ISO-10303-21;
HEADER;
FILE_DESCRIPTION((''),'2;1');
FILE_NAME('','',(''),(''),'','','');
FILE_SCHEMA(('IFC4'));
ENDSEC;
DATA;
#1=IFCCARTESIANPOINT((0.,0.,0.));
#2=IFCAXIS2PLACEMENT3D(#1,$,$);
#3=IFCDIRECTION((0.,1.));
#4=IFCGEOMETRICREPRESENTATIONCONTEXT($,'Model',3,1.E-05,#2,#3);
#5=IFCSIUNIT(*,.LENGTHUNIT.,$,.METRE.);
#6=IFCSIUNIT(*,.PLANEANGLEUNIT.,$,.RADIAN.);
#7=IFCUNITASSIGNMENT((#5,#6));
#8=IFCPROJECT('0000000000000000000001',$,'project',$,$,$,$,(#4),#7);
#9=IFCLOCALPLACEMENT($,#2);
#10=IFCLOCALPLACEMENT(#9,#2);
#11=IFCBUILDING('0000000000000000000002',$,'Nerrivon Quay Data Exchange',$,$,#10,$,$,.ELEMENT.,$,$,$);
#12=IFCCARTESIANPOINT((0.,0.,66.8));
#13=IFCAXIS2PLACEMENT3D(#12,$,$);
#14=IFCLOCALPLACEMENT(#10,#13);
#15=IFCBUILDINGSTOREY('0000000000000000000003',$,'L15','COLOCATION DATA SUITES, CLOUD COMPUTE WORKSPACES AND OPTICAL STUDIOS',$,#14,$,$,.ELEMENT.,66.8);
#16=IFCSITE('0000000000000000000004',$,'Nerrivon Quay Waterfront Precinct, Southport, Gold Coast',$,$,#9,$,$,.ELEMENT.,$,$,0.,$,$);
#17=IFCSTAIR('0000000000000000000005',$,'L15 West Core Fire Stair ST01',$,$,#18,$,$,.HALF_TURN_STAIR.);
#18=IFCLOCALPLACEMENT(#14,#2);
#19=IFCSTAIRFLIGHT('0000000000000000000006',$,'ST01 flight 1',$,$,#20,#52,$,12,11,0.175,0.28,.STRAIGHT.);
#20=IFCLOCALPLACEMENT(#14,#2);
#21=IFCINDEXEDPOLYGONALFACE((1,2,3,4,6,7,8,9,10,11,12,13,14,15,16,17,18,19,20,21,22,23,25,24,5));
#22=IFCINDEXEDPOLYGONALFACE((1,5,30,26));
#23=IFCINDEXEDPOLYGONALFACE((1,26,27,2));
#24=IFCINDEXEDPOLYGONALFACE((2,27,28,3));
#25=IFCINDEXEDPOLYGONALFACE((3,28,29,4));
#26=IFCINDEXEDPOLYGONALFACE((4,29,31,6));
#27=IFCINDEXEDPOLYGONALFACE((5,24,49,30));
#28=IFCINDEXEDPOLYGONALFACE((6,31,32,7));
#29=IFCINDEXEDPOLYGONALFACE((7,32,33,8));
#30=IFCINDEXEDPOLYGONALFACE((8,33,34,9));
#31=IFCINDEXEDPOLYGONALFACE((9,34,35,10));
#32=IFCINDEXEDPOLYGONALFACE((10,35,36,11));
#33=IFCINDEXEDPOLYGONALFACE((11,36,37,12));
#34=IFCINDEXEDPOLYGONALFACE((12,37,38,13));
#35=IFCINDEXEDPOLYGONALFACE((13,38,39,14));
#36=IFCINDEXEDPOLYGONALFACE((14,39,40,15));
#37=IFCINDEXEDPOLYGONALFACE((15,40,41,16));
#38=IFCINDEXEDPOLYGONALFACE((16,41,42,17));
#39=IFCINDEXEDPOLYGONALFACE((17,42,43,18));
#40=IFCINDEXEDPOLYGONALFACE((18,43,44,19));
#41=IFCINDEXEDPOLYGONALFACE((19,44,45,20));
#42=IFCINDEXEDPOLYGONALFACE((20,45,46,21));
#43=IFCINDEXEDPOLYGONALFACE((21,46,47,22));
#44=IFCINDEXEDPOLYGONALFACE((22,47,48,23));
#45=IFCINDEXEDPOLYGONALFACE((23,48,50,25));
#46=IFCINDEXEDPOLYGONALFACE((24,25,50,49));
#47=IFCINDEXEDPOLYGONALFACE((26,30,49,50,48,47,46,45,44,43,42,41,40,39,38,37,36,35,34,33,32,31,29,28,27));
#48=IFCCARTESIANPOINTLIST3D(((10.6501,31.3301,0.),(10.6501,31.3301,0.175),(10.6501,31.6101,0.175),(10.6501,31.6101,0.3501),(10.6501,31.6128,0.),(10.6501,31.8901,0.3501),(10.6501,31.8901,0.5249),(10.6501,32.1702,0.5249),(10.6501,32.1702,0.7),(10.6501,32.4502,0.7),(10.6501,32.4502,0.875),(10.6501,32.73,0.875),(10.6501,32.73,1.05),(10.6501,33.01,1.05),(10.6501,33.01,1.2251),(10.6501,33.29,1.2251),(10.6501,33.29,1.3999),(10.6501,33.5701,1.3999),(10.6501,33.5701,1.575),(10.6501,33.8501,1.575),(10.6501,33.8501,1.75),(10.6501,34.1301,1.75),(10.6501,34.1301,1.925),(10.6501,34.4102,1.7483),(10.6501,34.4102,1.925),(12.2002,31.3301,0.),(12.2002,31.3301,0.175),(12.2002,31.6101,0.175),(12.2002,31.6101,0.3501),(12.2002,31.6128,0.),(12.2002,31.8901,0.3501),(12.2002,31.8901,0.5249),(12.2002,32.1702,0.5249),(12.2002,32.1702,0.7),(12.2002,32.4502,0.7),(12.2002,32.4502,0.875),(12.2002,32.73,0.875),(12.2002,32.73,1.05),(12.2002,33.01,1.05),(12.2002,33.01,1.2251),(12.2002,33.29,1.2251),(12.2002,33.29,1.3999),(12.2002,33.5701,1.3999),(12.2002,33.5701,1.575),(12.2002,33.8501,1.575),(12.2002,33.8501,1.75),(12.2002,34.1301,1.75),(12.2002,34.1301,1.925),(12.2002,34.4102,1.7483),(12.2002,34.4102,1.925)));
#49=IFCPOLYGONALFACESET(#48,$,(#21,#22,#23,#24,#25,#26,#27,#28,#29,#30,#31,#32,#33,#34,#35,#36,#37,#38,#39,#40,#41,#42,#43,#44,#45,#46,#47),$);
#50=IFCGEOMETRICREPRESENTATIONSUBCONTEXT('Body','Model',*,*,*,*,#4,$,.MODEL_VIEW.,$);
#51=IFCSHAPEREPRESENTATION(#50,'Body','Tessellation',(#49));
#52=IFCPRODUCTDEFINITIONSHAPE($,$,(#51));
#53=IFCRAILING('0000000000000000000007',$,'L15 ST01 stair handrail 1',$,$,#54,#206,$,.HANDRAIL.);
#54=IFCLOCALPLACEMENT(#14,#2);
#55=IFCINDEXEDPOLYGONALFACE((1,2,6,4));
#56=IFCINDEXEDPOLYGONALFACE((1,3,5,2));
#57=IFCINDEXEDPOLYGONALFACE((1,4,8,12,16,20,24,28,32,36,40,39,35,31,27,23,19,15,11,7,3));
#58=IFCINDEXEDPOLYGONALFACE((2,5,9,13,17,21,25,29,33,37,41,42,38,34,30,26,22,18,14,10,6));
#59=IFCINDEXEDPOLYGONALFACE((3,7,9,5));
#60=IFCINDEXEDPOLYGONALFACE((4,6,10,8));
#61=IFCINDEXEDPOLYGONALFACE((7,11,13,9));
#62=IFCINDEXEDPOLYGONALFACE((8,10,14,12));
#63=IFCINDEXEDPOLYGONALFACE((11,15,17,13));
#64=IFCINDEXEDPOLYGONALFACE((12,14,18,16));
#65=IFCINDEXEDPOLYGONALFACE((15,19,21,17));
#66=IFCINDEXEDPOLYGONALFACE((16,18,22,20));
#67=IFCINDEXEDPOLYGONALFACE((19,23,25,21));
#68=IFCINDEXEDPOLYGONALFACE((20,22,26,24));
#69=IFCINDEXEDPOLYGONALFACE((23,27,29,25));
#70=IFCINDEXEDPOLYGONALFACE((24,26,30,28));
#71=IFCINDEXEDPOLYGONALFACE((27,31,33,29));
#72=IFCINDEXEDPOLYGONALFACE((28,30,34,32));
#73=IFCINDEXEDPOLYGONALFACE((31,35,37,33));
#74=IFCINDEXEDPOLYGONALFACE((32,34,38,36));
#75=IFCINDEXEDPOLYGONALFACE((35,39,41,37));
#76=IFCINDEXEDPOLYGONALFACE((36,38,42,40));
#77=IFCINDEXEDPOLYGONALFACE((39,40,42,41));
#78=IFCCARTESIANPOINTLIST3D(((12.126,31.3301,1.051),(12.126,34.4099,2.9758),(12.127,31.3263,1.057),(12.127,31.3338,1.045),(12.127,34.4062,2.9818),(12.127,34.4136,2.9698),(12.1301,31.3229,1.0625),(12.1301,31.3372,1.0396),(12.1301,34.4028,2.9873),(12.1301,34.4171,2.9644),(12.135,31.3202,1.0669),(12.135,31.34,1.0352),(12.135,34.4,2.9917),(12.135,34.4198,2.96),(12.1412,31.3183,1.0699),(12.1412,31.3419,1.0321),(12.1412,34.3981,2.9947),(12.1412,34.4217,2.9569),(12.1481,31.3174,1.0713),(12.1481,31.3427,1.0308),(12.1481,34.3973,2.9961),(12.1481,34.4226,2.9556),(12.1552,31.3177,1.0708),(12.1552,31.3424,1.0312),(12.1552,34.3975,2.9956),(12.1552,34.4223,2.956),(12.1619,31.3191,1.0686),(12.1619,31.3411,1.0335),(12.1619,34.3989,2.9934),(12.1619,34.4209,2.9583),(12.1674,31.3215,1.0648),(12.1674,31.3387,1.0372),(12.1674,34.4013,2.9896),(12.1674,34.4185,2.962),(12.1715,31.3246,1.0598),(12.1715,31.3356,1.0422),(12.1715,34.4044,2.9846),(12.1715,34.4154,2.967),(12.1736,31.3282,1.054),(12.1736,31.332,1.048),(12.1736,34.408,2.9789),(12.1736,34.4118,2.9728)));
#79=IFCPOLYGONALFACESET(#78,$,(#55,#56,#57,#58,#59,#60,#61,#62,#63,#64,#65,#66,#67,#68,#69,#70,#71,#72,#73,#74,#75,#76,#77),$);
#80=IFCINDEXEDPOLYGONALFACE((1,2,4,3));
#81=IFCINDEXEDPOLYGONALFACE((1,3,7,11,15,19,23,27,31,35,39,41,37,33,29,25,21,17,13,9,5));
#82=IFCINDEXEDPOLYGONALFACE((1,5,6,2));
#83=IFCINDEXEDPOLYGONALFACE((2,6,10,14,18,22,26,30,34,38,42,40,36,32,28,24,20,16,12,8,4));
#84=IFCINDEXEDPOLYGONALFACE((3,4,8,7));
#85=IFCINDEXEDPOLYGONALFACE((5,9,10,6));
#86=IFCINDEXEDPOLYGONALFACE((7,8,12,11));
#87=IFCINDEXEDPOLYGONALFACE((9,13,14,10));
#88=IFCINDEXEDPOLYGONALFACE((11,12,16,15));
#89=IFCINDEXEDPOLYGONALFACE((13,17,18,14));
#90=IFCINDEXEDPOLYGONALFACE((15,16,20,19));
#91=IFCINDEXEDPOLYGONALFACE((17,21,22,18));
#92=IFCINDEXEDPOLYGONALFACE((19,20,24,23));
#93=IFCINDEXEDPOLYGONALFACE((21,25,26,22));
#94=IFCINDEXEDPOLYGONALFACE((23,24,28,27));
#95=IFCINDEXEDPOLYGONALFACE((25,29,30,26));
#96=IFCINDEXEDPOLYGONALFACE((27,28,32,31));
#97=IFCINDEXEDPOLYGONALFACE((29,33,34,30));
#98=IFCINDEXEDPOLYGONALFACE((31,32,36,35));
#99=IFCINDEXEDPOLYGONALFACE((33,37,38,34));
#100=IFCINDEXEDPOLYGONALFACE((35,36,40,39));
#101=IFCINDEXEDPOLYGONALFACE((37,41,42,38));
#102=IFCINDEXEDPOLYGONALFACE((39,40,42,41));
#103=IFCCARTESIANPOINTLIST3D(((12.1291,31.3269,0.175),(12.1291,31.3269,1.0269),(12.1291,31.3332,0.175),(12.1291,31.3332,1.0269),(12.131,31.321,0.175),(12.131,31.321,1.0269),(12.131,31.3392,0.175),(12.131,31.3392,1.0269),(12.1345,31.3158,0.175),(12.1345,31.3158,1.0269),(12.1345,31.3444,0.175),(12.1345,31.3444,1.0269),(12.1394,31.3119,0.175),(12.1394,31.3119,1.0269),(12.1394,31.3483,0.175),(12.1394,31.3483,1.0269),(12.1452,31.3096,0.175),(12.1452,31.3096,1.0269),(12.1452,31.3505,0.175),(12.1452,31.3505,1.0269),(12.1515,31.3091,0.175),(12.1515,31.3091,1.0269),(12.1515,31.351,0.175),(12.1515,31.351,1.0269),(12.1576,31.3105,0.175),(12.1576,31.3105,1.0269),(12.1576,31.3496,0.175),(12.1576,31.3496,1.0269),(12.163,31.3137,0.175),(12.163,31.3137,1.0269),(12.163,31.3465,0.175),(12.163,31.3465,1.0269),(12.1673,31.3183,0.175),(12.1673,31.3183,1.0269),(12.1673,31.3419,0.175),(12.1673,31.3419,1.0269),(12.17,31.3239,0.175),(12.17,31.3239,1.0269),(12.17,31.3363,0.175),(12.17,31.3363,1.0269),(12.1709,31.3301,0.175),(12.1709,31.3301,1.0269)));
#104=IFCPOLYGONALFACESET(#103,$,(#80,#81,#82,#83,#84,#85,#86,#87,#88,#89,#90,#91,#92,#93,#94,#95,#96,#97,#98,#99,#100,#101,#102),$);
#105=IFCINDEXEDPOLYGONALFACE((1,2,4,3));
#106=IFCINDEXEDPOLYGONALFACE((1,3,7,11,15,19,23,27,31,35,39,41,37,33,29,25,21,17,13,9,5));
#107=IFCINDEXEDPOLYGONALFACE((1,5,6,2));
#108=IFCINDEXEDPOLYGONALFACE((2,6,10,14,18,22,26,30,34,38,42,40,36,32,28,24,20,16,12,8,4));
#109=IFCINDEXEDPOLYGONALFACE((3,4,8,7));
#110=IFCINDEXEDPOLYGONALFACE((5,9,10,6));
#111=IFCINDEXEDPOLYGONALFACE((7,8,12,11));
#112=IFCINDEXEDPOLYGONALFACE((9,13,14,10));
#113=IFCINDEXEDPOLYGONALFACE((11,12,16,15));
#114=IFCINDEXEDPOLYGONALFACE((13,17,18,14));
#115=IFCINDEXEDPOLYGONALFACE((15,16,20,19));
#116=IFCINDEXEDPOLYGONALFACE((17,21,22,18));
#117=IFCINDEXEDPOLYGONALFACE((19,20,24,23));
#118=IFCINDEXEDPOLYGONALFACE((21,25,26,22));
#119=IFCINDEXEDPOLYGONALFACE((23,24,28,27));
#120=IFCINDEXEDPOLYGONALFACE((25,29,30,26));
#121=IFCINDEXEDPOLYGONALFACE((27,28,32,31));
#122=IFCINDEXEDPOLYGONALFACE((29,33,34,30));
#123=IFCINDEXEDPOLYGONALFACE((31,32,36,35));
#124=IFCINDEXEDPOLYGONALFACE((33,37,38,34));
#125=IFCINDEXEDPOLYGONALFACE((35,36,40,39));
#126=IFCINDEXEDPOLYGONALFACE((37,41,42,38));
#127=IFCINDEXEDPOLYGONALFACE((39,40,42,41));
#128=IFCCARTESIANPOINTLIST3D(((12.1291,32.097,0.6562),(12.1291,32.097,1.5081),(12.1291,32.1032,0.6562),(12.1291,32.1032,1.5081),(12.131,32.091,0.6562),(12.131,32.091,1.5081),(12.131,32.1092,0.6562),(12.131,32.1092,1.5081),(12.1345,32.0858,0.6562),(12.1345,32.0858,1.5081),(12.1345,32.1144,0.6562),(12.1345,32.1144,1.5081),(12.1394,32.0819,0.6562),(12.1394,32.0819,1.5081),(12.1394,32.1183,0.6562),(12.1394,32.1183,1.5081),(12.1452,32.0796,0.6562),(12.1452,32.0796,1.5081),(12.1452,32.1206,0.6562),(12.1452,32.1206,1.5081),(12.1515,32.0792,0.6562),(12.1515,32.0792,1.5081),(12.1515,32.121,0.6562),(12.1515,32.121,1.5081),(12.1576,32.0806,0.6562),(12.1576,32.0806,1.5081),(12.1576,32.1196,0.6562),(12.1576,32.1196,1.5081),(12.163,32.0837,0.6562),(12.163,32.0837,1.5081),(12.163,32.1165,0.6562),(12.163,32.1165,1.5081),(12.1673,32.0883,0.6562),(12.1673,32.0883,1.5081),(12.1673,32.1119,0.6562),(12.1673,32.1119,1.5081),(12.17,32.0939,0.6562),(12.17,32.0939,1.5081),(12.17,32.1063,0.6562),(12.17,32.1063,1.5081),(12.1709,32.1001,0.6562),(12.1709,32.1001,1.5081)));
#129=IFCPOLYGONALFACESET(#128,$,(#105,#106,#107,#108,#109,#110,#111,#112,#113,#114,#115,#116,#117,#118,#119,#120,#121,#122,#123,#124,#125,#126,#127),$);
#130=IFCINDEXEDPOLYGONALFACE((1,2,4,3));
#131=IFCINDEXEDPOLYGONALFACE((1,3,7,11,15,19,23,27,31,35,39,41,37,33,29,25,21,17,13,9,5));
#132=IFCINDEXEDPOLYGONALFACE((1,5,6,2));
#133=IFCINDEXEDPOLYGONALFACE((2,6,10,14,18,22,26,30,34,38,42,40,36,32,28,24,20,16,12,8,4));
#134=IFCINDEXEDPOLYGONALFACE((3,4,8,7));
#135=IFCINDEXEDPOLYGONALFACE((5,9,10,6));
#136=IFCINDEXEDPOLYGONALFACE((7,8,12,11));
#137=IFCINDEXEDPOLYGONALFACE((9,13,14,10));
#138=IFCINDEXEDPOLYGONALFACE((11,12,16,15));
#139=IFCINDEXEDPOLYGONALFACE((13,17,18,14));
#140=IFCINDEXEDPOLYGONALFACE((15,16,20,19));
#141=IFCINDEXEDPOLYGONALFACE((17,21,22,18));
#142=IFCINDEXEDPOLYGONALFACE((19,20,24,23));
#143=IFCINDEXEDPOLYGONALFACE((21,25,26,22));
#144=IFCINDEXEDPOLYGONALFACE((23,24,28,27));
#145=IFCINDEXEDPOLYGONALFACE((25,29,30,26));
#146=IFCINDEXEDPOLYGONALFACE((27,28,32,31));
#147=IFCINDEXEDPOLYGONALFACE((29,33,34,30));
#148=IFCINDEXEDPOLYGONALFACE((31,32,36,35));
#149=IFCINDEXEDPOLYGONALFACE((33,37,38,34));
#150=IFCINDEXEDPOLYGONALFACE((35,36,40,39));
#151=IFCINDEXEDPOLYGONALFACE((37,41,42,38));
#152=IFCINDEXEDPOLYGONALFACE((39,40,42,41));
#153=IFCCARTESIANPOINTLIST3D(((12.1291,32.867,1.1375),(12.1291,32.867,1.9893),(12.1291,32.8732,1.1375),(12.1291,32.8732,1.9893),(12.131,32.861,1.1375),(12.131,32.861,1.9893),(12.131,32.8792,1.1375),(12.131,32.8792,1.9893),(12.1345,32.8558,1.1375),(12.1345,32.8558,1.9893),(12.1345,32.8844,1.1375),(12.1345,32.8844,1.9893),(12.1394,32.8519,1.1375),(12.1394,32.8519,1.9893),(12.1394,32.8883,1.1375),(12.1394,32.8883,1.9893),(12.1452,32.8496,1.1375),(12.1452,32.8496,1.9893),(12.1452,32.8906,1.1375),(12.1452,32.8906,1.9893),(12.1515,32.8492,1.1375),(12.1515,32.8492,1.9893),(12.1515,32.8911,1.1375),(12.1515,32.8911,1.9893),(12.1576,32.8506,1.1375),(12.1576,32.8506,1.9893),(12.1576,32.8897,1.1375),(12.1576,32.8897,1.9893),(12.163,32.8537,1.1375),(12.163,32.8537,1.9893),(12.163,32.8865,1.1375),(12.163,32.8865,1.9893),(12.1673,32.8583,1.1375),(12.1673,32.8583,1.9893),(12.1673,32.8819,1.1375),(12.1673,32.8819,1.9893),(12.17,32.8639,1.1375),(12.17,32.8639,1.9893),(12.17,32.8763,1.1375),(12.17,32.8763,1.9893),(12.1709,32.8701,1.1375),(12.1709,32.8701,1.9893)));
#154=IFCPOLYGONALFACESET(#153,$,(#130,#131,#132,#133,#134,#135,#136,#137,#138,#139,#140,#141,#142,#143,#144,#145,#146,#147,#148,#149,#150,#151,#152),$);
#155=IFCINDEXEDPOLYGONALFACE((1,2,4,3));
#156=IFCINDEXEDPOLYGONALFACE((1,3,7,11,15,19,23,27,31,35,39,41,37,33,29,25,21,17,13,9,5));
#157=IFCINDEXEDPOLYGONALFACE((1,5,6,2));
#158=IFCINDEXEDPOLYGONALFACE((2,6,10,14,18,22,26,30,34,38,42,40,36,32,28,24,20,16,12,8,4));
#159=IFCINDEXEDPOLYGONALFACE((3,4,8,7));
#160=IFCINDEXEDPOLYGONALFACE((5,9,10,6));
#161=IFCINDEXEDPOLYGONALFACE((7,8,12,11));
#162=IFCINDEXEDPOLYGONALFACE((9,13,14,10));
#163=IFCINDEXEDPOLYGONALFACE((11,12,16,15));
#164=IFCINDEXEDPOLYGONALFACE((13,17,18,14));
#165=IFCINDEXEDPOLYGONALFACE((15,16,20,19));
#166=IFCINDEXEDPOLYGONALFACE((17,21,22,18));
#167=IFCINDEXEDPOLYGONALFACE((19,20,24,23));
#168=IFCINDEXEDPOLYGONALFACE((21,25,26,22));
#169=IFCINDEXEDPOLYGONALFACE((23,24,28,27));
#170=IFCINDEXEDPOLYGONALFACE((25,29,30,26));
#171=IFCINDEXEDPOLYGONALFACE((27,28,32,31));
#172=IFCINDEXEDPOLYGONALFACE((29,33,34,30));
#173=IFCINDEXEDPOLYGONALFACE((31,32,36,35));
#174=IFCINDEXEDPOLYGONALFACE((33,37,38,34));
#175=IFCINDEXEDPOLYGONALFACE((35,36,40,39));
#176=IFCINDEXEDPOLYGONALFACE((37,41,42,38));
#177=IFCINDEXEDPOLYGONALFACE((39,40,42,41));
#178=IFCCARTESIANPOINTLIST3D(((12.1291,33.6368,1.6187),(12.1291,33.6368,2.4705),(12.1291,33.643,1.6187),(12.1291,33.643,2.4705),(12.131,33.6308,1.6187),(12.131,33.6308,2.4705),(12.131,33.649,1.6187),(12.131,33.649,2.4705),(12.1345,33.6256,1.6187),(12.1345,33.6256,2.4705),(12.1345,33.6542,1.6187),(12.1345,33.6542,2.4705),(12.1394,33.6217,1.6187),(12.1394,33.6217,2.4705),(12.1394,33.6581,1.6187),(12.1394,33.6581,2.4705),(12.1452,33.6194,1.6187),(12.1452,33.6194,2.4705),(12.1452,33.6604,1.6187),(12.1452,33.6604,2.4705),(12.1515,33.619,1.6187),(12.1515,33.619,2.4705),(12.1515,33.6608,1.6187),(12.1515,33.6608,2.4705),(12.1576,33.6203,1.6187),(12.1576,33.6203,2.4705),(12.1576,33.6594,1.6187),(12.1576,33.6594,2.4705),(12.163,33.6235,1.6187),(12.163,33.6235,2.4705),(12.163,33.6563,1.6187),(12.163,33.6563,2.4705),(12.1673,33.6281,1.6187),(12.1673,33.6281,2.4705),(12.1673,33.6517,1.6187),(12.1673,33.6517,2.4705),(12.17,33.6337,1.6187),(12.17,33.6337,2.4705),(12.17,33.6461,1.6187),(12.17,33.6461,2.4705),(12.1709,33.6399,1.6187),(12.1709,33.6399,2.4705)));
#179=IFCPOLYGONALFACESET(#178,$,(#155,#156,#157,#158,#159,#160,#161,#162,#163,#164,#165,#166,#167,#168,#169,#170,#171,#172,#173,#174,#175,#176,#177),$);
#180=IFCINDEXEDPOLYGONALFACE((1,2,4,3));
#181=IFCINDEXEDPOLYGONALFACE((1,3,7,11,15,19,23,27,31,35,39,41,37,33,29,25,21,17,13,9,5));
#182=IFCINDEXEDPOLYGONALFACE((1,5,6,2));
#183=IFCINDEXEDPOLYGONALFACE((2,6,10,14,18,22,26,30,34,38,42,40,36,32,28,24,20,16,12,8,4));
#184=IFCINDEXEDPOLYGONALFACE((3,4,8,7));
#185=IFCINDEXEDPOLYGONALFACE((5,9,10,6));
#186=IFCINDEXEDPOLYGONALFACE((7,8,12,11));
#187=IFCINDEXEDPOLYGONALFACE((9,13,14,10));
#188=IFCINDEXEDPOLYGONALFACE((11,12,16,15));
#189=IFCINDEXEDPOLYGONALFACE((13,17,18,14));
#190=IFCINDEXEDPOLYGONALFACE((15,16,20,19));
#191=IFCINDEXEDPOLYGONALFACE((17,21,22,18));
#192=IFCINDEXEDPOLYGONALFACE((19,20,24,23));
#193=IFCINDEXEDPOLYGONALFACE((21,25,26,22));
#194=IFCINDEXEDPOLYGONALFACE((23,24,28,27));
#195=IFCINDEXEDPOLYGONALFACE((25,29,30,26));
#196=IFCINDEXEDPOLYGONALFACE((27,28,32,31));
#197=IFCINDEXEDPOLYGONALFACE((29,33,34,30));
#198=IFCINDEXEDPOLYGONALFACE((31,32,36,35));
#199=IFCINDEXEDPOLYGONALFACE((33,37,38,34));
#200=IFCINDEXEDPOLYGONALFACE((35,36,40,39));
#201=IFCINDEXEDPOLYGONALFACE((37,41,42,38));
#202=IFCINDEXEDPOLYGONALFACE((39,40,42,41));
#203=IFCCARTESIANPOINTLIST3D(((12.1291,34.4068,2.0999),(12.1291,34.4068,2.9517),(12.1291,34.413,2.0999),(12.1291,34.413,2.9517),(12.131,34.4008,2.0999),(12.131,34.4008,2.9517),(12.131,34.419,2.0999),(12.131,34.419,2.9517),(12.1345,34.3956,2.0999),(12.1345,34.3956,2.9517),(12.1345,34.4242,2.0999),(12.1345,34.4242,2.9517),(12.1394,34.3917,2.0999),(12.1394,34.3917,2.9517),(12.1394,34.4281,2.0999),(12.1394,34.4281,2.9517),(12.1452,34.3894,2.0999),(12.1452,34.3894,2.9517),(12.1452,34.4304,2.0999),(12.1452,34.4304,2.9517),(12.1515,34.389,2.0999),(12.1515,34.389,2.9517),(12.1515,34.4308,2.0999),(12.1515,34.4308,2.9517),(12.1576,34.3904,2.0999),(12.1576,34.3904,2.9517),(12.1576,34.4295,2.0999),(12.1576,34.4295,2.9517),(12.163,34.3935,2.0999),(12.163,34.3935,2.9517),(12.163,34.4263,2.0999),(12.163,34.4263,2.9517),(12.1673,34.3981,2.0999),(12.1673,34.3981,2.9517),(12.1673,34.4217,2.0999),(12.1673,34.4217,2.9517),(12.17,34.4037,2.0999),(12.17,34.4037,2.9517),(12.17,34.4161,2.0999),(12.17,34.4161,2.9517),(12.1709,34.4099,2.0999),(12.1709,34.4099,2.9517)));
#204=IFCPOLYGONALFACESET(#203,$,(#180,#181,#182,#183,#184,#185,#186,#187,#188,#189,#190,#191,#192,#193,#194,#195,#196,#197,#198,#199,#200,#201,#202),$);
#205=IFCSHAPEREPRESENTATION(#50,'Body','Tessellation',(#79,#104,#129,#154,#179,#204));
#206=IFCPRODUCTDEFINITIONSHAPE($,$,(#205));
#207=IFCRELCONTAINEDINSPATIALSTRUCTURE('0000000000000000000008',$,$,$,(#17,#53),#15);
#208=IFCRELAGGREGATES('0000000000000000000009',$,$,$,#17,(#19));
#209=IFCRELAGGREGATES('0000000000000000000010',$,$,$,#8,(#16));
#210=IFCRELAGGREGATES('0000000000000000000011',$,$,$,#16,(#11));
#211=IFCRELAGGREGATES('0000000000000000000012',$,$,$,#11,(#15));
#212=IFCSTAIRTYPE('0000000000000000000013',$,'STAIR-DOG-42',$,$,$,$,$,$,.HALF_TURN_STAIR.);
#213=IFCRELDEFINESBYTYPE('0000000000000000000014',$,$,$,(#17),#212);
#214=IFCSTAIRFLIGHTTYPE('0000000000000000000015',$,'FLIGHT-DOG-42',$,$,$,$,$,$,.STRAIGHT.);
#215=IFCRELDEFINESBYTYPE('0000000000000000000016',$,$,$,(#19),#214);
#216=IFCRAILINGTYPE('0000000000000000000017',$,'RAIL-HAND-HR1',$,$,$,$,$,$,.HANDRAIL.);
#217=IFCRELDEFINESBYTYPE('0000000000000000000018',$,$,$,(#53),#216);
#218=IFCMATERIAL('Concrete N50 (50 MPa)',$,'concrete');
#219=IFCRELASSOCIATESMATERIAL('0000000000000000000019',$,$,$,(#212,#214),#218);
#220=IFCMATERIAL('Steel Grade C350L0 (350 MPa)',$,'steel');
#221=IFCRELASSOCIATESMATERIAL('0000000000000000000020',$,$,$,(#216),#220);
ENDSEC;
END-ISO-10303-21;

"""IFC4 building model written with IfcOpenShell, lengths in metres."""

from ifc_helpers import new_model, si_unit, direction, frame, origin, origin_2d, place, context, subcontext, project, spatial, polyline, circle, outline, extrude, material, type_object, element, aggregate, save


model = new_model("IFC4")

# Units and contexts
model_context = context("Model", 3, precision=1e-05, world=origin(), true_north=direction((0.0, 1.0)))
body_context = subcontext(model_context, "Body", "Model", "MODEL_VIEW")
ifc_project = project(units=[si_unit("LENGTHUNIT", "METRE"), si_unit("PLANEANGLEUNIT", "RADIAN")], contexts=[model_context])

# Site, building, storey
site_placement = place(None, origin())
site = spatial("IfcSite", under=ifc_project, at=site_placement, Name="Nerrivon Quay Waterfront Precinct, Southport, Gold Coast", CompositionType="ELEMENT", RefElevation=0.0)
building_placement = place(site_placement, origin())
building = spatial("IfcBuilding", under=site, at=building_placement, Name="Nerrivon Quay Data Exchange", CompositionType="ELEMENT")
storey_placement = place(building_placement, frame((0.0, 0.0, 66.8)))
storey = spatial("IfcBuildingStorey", under=building, at=storey_placement, Name="L15", Description="COLOCATION DATA SUITES, CLOUD COMPUTE WORKSPACES AND OPTICAL STUDIOS", CompositionType="ELEMENT", Elevation=66.8)

# Shared definitions
ifc_material_1 = material(Name="Concrete N50 (50 MPa)", Category="concrete")

# Stair, stair flight
stair_type = type_object("IfcStairType", Name="STAIR-DOG-42", PredefinedType="HALF_TURN_STAIR", material=ifc_material_1)
stair_placement = place(storey_placement, origin())
stair = element("IfcStair", 1, at=stair_placement, inside=storey, type_object=stair_type, Name="L15 West Core Fire Stair ST01", PredefinedType="HALF_TURN_STAIR")
stair_flight_type = type_object("IfcStairFlightType", Name="FLIGHT-DOG-42", PredefinedType="STRAIGHT", material=ifc_material_1)
stair_flight_placement = place(storey_placement, frame((11.425, 31.3301, 0.0), z_axis=(0.0, 0.0, 1.0), x_axis=(0.0, 1.0, 0.0)))
stair_flight = element("IfcStairFlight", 2, at=stair_flight_placement, type_object=stair_flight_type, Name="ST01 flight 1", NumberOfRisers=12, NumberOfTreads=11, PredefinedType="STRAIGHT", RiserHeight=0.175, TreadLength=0.28, context=body_context, shape_type="SweptSolid", body=[
    extrude(outline(polyline([(0.0, 0.0), (0.0, 0.175), (0.28, 0.175), (0.28, 0.3501), (0.5601, 0.3501), (0.5601, 0.5249), (0.8401, 0.5249), (0.8401, 0.7), (1.1201, 0.7), (1.1201, 0.875), (1.3999, 0.875), (1.3999, 1.05), (1.6799, 1.05), (1.6799, 1.2251), (1.96, 1.2251), (1.96, 1.3999), (2.24, 1.3999), (2.24, 1.575), (2.52, 1.575), (2.52, 1.75), (2.8, 1.75), (2.8, 1.925), (3.0801, 1.925), (3.0801, 2.1001), (3.0801, 1.7483), (0.2827, 0.0), (0.0, 0.0)])), frame((0.0, 0.7749, 0.0), z_axis=(0.0, -1.0, 0.0), x_axis=(1.0, 0.0, 0.0)), (0.0, 0.0, 1.0), 1.55),
])
aggregate(stair, [stair_flight])

# Railing
ifc_material_2 = material(Name="Steel Grade C350L0 (350 MPa)", Category="steel")
railing_type_1 = type_object("IfcRailingType", Name="RAIL-HAND-HR1", PredefinedType="HANDRAIL", material=ifc_material_2)
railing_1_placement = place(storey_placement, frame((12.1499, 31.3301, 0.175)))
element("IfcRailing", 3, at=railing_1_placement, inside=storey, type_object=railing_type_1, Name="L15 ST01 stair handrail 1", PredefinedType="HANDRAIL", context=body_context, shape_type="SweptSolid", body=[
    extrude(circle(Radius=0.0239, at=origin_2d()), frame((0.0, 0.0, 0.876), z_axis=(0.0, 0.84801, 0.529981), x_axis=(-1.0, 0.0, 0.0)), (0.0, 0.0, 1.0), 3.6318),
    extrude(circle(Radius=0.021, at=origin_2d()), origin(), (0.0, 0.0, 1.0), 0.8518),
    extrude(circle(Radius=0.021, at=origin_2d()), frame((0.0, 0.77, 0.4812)), (0.0, 0.0, 1.0), 0.8518),
    extrude(circle(Radius=0.021, at=origin_2d()), frame((0.0, 1.54, 0.9624)), (0.0, 0.0, 1.0), 0.8518),
    extrude(circle(Radius=0.021, at=origin_2d()), frame((0.0, 2.3098, 1.4436)), (0.0, 0.0, 1.0), 0.8518),
    extrude(circle(Radius=0.021, at=origin_2d()), frame((0.0, 3.0798, 1.9248)), (0.0, 0.0, 1.0), 0.8518),
])

save(model, "model.ifc")
